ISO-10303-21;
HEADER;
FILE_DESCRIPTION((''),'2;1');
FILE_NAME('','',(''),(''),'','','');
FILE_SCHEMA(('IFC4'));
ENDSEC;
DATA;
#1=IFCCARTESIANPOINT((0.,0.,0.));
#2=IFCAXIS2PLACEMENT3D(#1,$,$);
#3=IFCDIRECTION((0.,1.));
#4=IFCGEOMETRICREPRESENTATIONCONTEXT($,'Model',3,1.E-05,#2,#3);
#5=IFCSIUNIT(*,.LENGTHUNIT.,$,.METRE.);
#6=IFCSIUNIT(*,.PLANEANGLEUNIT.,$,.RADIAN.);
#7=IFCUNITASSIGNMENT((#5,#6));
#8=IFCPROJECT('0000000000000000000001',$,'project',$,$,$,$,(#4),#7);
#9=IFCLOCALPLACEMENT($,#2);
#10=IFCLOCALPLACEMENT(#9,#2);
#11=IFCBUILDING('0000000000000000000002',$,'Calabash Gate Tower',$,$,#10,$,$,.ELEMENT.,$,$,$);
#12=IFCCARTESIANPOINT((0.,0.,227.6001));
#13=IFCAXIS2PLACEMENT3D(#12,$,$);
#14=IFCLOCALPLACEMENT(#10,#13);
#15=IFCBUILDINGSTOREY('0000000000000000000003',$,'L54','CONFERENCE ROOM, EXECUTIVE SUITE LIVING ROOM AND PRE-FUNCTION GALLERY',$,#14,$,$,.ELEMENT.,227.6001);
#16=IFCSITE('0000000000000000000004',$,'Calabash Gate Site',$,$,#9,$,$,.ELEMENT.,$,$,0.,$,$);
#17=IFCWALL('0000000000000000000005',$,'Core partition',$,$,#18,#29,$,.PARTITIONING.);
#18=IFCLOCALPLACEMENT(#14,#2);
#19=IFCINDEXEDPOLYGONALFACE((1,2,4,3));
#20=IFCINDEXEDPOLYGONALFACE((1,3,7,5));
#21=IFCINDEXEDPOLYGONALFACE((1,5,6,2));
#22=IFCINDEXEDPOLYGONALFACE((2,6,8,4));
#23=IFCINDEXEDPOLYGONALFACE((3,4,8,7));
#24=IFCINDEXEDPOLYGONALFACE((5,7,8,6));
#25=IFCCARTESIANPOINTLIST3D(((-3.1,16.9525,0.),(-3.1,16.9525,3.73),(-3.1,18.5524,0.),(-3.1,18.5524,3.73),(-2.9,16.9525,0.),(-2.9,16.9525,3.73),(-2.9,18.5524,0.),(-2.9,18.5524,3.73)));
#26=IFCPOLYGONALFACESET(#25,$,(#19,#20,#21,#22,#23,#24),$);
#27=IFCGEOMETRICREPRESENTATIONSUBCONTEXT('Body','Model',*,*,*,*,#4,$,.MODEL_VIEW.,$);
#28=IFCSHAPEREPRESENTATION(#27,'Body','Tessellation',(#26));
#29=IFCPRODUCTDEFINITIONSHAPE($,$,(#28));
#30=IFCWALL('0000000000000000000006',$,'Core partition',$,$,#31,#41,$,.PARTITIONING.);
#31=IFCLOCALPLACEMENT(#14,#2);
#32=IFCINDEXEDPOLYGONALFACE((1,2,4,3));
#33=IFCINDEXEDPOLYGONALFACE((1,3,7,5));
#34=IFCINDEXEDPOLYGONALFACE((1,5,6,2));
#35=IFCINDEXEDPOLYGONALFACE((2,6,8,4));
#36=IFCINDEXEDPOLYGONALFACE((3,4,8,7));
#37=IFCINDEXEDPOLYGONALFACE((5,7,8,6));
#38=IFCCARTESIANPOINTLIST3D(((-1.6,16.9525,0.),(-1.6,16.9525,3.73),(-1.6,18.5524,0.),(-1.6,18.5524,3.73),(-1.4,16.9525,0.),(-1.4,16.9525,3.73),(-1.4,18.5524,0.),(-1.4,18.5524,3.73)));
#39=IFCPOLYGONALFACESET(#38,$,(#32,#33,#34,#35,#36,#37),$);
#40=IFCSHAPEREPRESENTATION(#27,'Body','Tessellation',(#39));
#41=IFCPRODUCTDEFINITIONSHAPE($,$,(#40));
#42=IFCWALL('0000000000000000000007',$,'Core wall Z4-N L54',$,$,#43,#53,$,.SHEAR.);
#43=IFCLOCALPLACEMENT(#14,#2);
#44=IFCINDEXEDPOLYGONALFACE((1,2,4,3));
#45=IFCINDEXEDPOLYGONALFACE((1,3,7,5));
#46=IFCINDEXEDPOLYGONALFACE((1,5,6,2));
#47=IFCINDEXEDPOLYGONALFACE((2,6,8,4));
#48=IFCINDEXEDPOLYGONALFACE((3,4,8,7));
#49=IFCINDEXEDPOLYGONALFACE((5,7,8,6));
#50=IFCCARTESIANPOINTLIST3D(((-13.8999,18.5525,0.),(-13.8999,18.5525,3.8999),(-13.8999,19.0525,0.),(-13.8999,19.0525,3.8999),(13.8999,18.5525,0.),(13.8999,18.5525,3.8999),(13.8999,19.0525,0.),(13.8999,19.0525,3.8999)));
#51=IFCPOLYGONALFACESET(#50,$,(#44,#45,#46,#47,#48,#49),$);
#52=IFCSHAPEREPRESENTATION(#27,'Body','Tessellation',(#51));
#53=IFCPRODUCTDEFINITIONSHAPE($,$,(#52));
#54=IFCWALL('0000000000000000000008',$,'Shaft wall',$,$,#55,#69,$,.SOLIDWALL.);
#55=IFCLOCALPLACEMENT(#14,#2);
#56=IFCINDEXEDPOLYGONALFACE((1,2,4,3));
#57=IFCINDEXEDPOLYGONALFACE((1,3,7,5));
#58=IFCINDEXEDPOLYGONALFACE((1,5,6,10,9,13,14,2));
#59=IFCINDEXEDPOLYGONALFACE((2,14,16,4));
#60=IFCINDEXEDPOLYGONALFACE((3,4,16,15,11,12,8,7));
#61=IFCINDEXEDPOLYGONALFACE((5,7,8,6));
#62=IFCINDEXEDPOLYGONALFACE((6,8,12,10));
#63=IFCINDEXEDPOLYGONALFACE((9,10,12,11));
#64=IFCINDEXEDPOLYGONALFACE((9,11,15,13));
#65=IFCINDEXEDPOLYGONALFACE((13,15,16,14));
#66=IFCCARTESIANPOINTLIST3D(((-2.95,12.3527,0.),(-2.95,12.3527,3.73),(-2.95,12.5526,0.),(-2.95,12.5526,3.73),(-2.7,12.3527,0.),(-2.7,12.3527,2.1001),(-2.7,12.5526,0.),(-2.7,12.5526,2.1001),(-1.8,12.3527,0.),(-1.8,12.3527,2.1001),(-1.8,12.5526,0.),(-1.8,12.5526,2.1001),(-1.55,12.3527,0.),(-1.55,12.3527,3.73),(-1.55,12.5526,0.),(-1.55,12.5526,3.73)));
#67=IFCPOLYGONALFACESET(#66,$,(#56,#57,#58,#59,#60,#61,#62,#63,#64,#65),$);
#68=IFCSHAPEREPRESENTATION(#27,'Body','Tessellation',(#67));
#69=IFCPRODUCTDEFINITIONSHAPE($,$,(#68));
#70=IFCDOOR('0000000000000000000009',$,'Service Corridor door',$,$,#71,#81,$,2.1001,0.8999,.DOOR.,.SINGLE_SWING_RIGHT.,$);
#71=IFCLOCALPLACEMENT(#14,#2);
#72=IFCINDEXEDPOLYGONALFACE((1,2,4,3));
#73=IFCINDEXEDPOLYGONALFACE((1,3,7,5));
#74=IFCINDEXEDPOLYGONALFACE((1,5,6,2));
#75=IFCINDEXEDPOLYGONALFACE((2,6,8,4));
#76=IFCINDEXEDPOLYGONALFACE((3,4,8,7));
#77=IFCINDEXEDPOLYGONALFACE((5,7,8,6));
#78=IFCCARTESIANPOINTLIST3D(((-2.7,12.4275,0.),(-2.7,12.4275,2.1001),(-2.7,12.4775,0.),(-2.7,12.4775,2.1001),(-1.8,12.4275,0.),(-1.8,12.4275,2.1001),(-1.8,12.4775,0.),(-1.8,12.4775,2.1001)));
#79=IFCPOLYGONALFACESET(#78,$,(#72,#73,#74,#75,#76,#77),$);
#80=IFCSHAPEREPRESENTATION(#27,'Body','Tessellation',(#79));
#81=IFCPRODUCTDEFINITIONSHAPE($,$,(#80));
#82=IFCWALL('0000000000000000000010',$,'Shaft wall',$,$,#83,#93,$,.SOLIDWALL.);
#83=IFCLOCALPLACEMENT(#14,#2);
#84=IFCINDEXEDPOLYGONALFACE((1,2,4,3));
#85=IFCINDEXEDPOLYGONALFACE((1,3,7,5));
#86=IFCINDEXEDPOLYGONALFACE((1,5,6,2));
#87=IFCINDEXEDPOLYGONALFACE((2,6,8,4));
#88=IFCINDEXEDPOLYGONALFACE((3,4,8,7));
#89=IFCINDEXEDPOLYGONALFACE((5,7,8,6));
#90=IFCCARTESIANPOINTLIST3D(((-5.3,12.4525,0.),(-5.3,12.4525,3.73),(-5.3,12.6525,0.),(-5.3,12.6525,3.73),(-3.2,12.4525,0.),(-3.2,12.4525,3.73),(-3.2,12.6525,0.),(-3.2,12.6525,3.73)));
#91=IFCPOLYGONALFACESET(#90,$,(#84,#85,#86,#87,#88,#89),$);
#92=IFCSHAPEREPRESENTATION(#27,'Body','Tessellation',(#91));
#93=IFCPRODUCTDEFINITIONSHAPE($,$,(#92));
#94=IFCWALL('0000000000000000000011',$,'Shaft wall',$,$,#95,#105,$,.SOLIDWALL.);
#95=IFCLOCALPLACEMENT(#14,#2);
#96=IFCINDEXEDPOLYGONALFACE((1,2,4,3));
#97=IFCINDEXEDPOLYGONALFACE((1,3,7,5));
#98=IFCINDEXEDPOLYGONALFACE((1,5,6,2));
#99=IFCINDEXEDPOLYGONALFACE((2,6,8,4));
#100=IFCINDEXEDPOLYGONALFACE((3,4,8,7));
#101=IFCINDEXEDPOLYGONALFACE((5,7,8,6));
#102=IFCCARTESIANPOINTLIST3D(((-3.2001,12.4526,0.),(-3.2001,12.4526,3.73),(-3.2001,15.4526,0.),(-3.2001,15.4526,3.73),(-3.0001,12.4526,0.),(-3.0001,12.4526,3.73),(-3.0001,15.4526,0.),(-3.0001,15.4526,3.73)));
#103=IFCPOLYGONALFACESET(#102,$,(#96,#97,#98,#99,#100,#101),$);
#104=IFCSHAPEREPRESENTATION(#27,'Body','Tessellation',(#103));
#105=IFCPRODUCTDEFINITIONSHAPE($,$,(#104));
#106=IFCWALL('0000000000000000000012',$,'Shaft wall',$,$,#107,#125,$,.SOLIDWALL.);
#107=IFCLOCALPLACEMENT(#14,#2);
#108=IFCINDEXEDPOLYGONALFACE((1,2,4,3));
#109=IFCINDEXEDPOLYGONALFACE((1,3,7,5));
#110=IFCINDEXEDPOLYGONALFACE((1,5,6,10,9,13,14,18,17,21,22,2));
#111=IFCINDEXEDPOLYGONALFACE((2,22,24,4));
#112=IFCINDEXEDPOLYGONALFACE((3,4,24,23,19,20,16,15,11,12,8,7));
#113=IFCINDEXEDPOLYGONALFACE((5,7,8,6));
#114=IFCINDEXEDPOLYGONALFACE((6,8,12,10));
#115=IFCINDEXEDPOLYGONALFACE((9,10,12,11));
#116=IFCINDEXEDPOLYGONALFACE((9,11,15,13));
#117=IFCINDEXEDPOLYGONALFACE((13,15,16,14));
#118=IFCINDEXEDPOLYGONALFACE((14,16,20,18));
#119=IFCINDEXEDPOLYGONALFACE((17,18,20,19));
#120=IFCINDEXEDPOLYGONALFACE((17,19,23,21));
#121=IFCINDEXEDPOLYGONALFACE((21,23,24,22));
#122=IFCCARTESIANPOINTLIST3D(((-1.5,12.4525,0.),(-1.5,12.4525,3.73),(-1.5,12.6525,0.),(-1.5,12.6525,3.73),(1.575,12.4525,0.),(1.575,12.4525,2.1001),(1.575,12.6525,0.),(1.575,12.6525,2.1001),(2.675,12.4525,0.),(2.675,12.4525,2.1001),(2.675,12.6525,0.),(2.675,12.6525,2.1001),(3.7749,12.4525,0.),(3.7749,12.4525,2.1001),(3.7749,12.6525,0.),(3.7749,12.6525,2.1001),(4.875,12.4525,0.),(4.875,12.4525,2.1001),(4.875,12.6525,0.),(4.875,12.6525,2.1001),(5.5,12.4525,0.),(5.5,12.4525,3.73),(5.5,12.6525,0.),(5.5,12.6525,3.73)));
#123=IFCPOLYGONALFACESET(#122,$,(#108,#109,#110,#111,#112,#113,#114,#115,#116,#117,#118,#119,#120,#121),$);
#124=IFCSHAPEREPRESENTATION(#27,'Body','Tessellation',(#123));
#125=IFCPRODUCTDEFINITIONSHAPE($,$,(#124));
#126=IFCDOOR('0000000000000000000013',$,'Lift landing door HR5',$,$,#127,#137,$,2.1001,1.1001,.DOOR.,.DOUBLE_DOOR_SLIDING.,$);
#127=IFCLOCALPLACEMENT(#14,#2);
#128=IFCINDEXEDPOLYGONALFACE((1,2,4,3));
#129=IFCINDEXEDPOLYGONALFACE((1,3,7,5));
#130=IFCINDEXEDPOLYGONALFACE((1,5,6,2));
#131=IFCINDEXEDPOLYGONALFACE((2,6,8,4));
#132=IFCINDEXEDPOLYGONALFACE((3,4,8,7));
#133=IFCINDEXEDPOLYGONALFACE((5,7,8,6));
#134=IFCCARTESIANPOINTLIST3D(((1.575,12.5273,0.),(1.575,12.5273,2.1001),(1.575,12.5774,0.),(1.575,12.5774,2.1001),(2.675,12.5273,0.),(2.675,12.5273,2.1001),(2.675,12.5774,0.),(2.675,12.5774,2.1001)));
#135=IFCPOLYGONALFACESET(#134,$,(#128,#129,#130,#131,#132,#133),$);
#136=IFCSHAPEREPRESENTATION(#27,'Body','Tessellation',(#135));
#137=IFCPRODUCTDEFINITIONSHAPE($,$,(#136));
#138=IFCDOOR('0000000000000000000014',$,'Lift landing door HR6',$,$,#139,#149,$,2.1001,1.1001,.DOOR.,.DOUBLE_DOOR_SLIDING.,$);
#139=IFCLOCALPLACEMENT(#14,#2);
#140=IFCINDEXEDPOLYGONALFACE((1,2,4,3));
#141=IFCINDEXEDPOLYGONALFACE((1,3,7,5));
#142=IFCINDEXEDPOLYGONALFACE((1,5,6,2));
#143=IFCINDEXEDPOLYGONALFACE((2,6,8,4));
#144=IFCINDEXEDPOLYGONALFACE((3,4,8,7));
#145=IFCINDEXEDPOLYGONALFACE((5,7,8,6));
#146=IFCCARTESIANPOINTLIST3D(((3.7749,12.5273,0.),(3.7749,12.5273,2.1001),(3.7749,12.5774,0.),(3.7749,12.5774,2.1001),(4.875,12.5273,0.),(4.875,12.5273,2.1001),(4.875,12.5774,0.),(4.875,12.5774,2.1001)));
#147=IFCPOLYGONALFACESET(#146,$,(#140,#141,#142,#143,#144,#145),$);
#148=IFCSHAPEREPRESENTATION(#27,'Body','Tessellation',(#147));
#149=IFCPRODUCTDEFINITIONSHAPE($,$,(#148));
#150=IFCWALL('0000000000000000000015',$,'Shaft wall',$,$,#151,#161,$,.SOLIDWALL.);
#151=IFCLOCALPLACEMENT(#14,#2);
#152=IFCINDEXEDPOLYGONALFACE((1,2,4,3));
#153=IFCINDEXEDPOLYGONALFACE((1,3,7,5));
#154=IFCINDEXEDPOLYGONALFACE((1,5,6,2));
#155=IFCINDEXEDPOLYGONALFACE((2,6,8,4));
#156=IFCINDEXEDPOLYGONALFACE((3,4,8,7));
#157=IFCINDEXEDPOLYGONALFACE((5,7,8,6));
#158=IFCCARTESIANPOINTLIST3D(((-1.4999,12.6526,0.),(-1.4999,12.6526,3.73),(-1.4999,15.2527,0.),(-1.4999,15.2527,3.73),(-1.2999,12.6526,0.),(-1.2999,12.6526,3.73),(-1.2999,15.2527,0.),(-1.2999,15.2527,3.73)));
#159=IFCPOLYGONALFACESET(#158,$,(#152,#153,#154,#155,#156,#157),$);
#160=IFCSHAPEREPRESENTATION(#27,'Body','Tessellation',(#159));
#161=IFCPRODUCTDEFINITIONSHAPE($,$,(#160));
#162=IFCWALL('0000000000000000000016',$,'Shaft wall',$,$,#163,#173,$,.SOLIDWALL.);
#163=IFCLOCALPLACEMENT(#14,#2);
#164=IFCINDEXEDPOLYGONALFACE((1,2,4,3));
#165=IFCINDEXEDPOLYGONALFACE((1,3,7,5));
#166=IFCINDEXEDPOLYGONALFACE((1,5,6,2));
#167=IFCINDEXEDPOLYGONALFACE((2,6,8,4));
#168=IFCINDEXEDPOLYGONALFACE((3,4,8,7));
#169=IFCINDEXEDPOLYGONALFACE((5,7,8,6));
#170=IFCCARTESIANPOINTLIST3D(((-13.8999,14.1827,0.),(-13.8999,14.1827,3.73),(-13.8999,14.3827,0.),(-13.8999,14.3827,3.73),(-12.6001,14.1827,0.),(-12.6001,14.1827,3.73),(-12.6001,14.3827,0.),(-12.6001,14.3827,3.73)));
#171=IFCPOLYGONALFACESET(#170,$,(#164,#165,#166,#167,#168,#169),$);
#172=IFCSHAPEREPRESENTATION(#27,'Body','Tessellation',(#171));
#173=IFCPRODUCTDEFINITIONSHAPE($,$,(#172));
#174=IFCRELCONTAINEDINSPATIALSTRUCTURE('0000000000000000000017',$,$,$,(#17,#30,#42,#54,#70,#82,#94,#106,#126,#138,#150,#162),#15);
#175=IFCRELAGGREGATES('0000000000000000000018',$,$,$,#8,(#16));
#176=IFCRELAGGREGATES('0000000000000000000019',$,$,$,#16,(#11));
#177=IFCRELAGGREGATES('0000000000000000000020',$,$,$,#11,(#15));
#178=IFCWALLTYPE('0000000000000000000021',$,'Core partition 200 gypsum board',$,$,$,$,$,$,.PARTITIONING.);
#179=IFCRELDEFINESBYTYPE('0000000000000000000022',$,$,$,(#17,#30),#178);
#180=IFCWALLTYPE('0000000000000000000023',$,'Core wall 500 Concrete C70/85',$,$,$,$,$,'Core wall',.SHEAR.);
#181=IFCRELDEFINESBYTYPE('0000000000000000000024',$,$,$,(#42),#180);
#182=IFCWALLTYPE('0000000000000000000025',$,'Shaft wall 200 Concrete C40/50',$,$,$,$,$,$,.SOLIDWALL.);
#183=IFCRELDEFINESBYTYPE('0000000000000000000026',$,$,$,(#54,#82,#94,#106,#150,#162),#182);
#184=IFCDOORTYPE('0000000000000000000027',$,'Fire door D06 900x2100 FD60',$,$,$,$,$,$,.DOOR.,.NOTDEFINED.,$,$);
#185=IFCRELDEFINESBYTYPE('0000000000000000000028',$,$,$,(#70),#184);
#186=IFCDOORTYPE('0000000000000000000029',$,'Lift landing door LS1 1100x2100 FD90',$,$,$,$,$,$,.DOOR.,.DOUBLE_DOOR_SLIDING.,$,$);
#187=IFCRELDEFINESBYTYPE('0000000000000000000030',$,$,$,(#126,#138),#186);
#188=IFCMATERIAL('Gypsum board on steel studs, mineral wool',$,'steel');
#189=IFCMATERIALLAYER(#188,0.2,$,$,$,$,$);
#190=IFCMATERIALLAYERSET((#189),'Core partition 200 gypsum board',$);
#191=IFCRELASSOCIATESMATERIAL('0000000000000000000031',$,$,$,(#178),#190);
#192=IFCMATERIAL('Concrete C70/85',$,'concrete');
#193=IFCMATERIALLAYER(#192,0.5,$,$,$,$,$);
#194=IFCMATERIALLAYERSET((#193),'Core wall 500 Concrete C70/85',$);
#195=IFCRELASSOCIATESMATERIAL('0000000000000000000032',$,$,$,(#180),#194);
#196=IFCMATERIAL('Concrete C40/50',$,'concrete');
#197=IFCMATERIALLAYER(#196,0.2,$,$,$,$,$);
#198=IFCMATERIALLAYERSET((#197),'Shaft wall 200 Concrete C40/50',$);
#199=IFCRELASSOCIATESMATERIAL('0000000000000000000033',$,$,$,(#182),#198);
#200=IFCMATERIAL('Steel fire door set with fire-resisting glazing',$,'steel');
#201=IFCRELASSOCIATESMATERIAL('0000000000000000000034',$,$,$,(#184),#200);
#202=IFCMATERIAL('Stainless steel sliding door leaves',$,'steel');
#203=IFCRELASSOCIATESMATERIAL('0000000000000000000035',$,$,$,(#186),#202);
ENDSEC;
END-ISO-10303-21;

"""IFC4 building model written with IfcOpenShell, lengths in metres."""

from ifc_helpers import new_model, si_unit, direction, frame, frame_2d, origin, place, context, subcontext, project, spatial, rectangle, extrude, material, layer, layer_set, type_object, element, fill, save


model = new_model("IFC4")

# Units and contexts
model_context = context("Model", 3, precision=1e-05, world=origin(), true_north=direction((0.0, 1.0)))
body_context = subcontext(model_context, "Body", "Model", "MODEL_VIEW")
ifc_project = project(units=[si_unit("LENGTHUNIT", "METRE"), si_unit("PLANEANGLEUNIT", "RADIAN")], contexts=[model_context])

# Site, building, storey
site_placement = place(None, origin())
site = spatial("IfcSite", under=ifc_project, at=site_placement, Name="Calabash Gate Site", CompositionType="ELEMENT", RefElevation=0.0)
building_placement = place(site_placement, origin())
building = spatial("IfcBuilding", under=site, at=building_placement, Name="Calabash Gate Tower", CompositionType="ELEMENT")
storey_placement = place(building_placement, frame((0.0, 0.0, 227.6001)))
storey = spatial("IfcBuildingStorey", under=building, at=storey_placement, Name="L54", Description="CONFERENCE ROOM, EXECUTIVE SUITE LIVING ROOM AND PRE-FUNCTION GALLERY", CompositionType="ELEMENT", Elevation=227.6001)

# Walls
ifc_material_1 = material(Name="Gypsum board on steel studs, mineral wool", Category="steel")
ifc_layer_1 = layer(ifc_material_1, 0.2)
ifc_layer_set_1 = layer_set([ifc_layer_1], Name="Core partition 200 gypsum board")
wall_type_1 = type_object("IfcWallType", Name="Core partition 200 gypsum board", PredefinedType="PARTITIONING", material=ifc_layer_set_1)
for number, where, z_axis, x_axis, name in (
    (1, (-3.0, 16.9526, 0.0), (0.0, 0.0, 1.0), (0.0, 1.0, 0.0), "Core partition"),
    (2, (-1.5, 16.9526, 0.0), (0.0, 0.0, 1.0), (0.0, 1.0, 0.0), "Core partition"),
):
    element("IfcWall", number, at=place(storey_placement, frame(where, z_axis=z_axis, x_axis=x_axis)), inside=storey, type_object=wall_type_1, Name=name, PredefinedType="PARTITIONING", context=body_context, shape_type="SweptSolid", body=[
        extrude(rectangle(XDim=1.5999, YDim=0.2, at=frame_2d((0.7998, 0.0))), origin(), (0.0, 0.0, 1.0), 3.73),
    ])
ifc_material_2 = material(Name="Concrete C70/85", Category="concrete")
ifc_layer_2 = layer(ifc_material_2, 0.5)
ifc_layer_set_2 = layer_set([ifc_layer_2], Name="Core wall 500 Concrete C70/85")
wall_type_2 = type_object("IfcWallType", Name="Core wall 500 Concrete C70/85", ElementType="Core wall", PredefinedType="SHEAR", material=ifc_layer_set_2)
wall_1_placement = place(storey_placement, frame((-13.8999, 18.8025, 0.0), z_axis=(0.0, 0.0, 1.0), x_axis=(1.0, 0.0, 0.0)))
element("IfcWall", 3, at=wall_1_placement, inside=storey, type_object=wall_type_2, Name="Core wall Z4-N L54", PredefinedType="SHEAR", context=body_context, shape_type="SweptSolid", body=[
    extrude(rectangle(XDim=27.7998, YDim=0.5, at=frame_2d((13.8999, 0.0))), origin(), (0.0, 0.0, 1.0), 3.8999),
])

# Wall, opening, door
ifc_material_3 = material(Name="Concrete C40/50", Category="concrete")
ifc_layer_3 = layer(ifc_material_3, 0.2)
ifc_layer_set_3 = layer_set([ifc_layer_3], Name="Shaft wall 200 Concrete C40/50")
wall_type_3 = type_object("IfcWallType", Name="Shaft wall 200 Concrete C40/50", PredefinedType="SOLIDWALL", material=ifc_layer_set_3)
wall_2_placement = place(storey_placement, frame((-2.95, 12.4526, 0.0), z_axis=(0.0, 0.0, 1.0), x_axis=(1.0, 0.0, 0.0)))
wall_2 = element("IfcWall", 4, at=wall_2_placement, inside=storey, type_object=wall_type_3, Name="Shaft wall", PredefinedType="SOLIDWALL", context=body_context, shape_type="SweptSolid", body=[
    extrude(rectangle(XDim=1.3999, YDim=0.2, at=frame_2d((0.7, 0.0))), origin(), (0.0, 0.0, 1.0), 3.73),
])
opening_1_placement = place(wall_2_placement, frame((0.25, 0.0, 0.0)))
opening_1 = element("IfcOpeningElement", 5, at=opening_1_placement, cuts=wall_2, PredefinedType="OPENING", context=body_context, shape_type="SweptSolid", body=[
    extrude(rectangle(XDim=0.8999, YDim=2.1001, at=frame_2d((0.45, 1.05))), frame((0.0, 0.1099, 0.0), z_axis=(0.0, -1.0, 0.0), x_axis=(1.0, 0.0, 0.0)), (0.0, 0.0, 1.0), 0.22),
])
ifc_material_4 = material(Name="Steel fire door set with fire-resisting glazing", Category="steel")
door_type_1 = type_object("IfcDoorType", Name="Fire door D06 900x2100 FD60", OperationType="NOTDEFINED", PredefinedType="DOOR", material=ifc_material_4)
door_1_placement = place(opening_1_placement, origin())
door_1 = element("IfcDoor", 6, at=door_1_placement, inside=storey, type_object=door_type_1, Name="Service Corridor door", OperationType="SINGLE_SWING_RIGHT", OverallHeight=2.1001, OverallWidth=0.8999, PredefinedType="DOOR", context=body_context, shape_type="SweptSolid", body=[
    extrude(rectangle(XDim=0.8999, YDim=2.1001, at=frame_2d((0.45, 1.05))), frame((0.0, 0.0249, 0.0), z_axis=(0.0, -1.0, 0.0), x_axis=(1.0, 0.0, 0.0)), (0.0, 0.0, 1.0), 0.05),
])
fill(opening_1, door_1)

# Walls
wall_3_placement = place(storey_placement, frame((-5.3, 12.5525, 0.0), z_axis=(0.0, 0.0, 1.0), x_axis=(1.0, 0.0, 0.0)))
element("IfcWall", 7, at=wall_3_placement, inside=storey, type_object=wall_type_3, Name="Shaft wall", PredefinedType="SOLIDWALL", context=body_context, shape_type="SweptSolid", body=[
    extrude(rectangle(XDim=2.1001, YDim=0.2, at=frame_2d((1.05, 0.0))), origin(), (0.0, 0.0, 1.0), 3.73),
])
wall_4_placement = place(storey_placement, frame((-3.1001, 12.4526, 0.0), z_axis=(0.0, 0.0, 1.0), x_axis=(0.0, 1.0, 0.0)))
element("IfcWall", 8, at=wall_4_placement, inside=storey, type_object=wall_type_3, Name="Shaft wall", PredefinedType="SOLIDWALL", context=body_context, shape_type="SweptSolid", body=[
    extrude(rectangle(XDim=3.0, YDim=0.2, at=frame_2d((1.5, 0.0))), origin(), (0.0, 0.0, 1.0), 3.73),
])

# Wall, openings, doors
wall_5_placement = place(storey_placement, frame((-1.5, 12.5525, 0.0), z_axis=(0.0, 0.0, 1.0), x_axis=(1.0, 0.0, 0.0)))
wall_5 = element("IfcWall", 9, at=wall_5_placement, inside=storey, type_object=wall_type_3, Name="Shaft wall", PredefinedType="SOLIDWALL", context=body_context, shape_type="SweptSolid", body=[
    extrude(rectangle(XDim=7.0, YDim=0.2, at=frame_2d((3.5, 0.0))), origin(), (0.0, 0.0, 1.0), 3.73),
])
opening_2_placement = place(wall_5_placement, frame((3.075, 0.0, 0.0)))
opening_2 = element("IfcOpeningElement", 10, at=opening_2_placement, cuts=wall_5, PredefinedType="OPENING", context=body_context, shape_type="SweptSolid", body=[
    extrude(rectangle(XDim=1.1001, YDim=2.1001, at=frame_2d((0.55, 1.05))), frame((0.0, 0.1099, 0.0), z_axis=(0.0, -1.0, 0.0), x_axis=(1.0, 0.0, 0.0)), (0.0, 0.0, 1.0), 0.22),
])
opening_3_placement = place(wall_5_placement, frame((5.2749, 0.0, 0.0)))
opening_3 = element("IfcOpeningElement", 11, at=opening_3_placement, cuts=wall_5, PredefinedType="OPENING", context=body_context, shape_type="SweptSolid", body=[
    extrude(rectangle(XDim=1.1001, YDim=2.1001, at=frame_2d((0.55, 1.05))), frame((0.0, 0.1099, 0.0), z_axis=(0.0, -1.0, 0.0), x_axis=(1.0, 0.0, 0.0)), (0.0, 0.0, 1.0), 0.22),
])
ifc_material_5 = material(Name="Stainless steel sliding door leaves", Category="steel")
door_type_2 = type_object("IfcDoorType", Name="Lift landing door LS1 1100x2100 FD90", OperationType="DOUBLE_DOOR_SLIDING", PredefinedType="DOOR", material=ifc_material_5)
door_2_placement = place(opening_2_placement, origin())
door_2 = element("IfcDoor", 12, at=door_2_placement, inside=storey, type_object=door_type_2, Name="Lift landing door HR5", OperationType="DOUBLE_DOOR_SLIDING", OverallHeight=2.1001, OverallWidth=1.1001, PredefinedType="DOOR", context=body_context, shape_type="SweptSolid", body=[
    extrude(rectangle(XDim=1.1001, YDim=2.1001, at=frame_2d((0.55, 1.05))), frame((0.0, 0.0249, 0.0), z_axis=(0.0, -1.0, 0.0), x_axis=(1.0, 0.0, 0.0)), (0.0, 0.0, 1.0), 0.05),
])
fill(opening_2, door_2)
door_3_placement = place(opening_3_placement, origin())
door_3 = element("IfcDoor", 13, at=door_3_placement, inside=storey, type_object=door_type_2, Name="Lift landing door HR6", OperationType="DOUBLE_DOOR_SLIDING", OverallHeight=2.1001, OverallWidth=1.1001, PredefinedType="DOOR", context=body_context, shape_type="SweptSolid", body=[
    extrude(rectangle(XDim=1.1001, YDim=2.1001, at=frame_2d((0.55, 1.05))), frame((0.0, 0.0249, 0.0), z_axis=(0.0, -1.0, 0.0), x_axis=(1.0, 0.0, 0.0)), (0.0, 0.0, 1.0), 0.05),
])
fill(opening_3, door_3)

# Walls
wall_6_placement = place(storey_placement, frame((-1.3999, 12.6526, 0.0), z_axis=(0.0, 0.0, 1.0), x_axis=(0.0, 1.0, 0.0)))
element("IfcWall", 14, at=wall_6_placement, inside=storey, type_object=wall_type_3, Name="Shaft wall", PredefinedType="SOLIDWALL", context=body_context, shape_type="SweptSolid", body=[
    extrude(rectangle(XDim=2.6001, YDim=0.2, at=frame_2d((1.3, 0.0))), origin(), (0.0, 0.0, 1.0), 3.73),
])
wall_7_placement = place(storey_placement, frame((-13.8999, 14.2827, 0.0), z_axis=(0.0, 0.0, 1.0), x_axis=(1.0, 0.0, 0.0)))
element("IfcWall", 15, at=wall_7_placement, inside=storey, type_object=wall_type_3, Name="Shaft wall", PredefinedType="SOLIDWALL", context=body_context, shape_type="SweptSolid", body=[
    extrude(rectangle(XDim=1.2998, YDim=0.2, at=frame_2d((0.6499, 0.0))), origin(), (0.0, 0.0, 1.0), 3.73),
])

save(model, "model.ifc")
